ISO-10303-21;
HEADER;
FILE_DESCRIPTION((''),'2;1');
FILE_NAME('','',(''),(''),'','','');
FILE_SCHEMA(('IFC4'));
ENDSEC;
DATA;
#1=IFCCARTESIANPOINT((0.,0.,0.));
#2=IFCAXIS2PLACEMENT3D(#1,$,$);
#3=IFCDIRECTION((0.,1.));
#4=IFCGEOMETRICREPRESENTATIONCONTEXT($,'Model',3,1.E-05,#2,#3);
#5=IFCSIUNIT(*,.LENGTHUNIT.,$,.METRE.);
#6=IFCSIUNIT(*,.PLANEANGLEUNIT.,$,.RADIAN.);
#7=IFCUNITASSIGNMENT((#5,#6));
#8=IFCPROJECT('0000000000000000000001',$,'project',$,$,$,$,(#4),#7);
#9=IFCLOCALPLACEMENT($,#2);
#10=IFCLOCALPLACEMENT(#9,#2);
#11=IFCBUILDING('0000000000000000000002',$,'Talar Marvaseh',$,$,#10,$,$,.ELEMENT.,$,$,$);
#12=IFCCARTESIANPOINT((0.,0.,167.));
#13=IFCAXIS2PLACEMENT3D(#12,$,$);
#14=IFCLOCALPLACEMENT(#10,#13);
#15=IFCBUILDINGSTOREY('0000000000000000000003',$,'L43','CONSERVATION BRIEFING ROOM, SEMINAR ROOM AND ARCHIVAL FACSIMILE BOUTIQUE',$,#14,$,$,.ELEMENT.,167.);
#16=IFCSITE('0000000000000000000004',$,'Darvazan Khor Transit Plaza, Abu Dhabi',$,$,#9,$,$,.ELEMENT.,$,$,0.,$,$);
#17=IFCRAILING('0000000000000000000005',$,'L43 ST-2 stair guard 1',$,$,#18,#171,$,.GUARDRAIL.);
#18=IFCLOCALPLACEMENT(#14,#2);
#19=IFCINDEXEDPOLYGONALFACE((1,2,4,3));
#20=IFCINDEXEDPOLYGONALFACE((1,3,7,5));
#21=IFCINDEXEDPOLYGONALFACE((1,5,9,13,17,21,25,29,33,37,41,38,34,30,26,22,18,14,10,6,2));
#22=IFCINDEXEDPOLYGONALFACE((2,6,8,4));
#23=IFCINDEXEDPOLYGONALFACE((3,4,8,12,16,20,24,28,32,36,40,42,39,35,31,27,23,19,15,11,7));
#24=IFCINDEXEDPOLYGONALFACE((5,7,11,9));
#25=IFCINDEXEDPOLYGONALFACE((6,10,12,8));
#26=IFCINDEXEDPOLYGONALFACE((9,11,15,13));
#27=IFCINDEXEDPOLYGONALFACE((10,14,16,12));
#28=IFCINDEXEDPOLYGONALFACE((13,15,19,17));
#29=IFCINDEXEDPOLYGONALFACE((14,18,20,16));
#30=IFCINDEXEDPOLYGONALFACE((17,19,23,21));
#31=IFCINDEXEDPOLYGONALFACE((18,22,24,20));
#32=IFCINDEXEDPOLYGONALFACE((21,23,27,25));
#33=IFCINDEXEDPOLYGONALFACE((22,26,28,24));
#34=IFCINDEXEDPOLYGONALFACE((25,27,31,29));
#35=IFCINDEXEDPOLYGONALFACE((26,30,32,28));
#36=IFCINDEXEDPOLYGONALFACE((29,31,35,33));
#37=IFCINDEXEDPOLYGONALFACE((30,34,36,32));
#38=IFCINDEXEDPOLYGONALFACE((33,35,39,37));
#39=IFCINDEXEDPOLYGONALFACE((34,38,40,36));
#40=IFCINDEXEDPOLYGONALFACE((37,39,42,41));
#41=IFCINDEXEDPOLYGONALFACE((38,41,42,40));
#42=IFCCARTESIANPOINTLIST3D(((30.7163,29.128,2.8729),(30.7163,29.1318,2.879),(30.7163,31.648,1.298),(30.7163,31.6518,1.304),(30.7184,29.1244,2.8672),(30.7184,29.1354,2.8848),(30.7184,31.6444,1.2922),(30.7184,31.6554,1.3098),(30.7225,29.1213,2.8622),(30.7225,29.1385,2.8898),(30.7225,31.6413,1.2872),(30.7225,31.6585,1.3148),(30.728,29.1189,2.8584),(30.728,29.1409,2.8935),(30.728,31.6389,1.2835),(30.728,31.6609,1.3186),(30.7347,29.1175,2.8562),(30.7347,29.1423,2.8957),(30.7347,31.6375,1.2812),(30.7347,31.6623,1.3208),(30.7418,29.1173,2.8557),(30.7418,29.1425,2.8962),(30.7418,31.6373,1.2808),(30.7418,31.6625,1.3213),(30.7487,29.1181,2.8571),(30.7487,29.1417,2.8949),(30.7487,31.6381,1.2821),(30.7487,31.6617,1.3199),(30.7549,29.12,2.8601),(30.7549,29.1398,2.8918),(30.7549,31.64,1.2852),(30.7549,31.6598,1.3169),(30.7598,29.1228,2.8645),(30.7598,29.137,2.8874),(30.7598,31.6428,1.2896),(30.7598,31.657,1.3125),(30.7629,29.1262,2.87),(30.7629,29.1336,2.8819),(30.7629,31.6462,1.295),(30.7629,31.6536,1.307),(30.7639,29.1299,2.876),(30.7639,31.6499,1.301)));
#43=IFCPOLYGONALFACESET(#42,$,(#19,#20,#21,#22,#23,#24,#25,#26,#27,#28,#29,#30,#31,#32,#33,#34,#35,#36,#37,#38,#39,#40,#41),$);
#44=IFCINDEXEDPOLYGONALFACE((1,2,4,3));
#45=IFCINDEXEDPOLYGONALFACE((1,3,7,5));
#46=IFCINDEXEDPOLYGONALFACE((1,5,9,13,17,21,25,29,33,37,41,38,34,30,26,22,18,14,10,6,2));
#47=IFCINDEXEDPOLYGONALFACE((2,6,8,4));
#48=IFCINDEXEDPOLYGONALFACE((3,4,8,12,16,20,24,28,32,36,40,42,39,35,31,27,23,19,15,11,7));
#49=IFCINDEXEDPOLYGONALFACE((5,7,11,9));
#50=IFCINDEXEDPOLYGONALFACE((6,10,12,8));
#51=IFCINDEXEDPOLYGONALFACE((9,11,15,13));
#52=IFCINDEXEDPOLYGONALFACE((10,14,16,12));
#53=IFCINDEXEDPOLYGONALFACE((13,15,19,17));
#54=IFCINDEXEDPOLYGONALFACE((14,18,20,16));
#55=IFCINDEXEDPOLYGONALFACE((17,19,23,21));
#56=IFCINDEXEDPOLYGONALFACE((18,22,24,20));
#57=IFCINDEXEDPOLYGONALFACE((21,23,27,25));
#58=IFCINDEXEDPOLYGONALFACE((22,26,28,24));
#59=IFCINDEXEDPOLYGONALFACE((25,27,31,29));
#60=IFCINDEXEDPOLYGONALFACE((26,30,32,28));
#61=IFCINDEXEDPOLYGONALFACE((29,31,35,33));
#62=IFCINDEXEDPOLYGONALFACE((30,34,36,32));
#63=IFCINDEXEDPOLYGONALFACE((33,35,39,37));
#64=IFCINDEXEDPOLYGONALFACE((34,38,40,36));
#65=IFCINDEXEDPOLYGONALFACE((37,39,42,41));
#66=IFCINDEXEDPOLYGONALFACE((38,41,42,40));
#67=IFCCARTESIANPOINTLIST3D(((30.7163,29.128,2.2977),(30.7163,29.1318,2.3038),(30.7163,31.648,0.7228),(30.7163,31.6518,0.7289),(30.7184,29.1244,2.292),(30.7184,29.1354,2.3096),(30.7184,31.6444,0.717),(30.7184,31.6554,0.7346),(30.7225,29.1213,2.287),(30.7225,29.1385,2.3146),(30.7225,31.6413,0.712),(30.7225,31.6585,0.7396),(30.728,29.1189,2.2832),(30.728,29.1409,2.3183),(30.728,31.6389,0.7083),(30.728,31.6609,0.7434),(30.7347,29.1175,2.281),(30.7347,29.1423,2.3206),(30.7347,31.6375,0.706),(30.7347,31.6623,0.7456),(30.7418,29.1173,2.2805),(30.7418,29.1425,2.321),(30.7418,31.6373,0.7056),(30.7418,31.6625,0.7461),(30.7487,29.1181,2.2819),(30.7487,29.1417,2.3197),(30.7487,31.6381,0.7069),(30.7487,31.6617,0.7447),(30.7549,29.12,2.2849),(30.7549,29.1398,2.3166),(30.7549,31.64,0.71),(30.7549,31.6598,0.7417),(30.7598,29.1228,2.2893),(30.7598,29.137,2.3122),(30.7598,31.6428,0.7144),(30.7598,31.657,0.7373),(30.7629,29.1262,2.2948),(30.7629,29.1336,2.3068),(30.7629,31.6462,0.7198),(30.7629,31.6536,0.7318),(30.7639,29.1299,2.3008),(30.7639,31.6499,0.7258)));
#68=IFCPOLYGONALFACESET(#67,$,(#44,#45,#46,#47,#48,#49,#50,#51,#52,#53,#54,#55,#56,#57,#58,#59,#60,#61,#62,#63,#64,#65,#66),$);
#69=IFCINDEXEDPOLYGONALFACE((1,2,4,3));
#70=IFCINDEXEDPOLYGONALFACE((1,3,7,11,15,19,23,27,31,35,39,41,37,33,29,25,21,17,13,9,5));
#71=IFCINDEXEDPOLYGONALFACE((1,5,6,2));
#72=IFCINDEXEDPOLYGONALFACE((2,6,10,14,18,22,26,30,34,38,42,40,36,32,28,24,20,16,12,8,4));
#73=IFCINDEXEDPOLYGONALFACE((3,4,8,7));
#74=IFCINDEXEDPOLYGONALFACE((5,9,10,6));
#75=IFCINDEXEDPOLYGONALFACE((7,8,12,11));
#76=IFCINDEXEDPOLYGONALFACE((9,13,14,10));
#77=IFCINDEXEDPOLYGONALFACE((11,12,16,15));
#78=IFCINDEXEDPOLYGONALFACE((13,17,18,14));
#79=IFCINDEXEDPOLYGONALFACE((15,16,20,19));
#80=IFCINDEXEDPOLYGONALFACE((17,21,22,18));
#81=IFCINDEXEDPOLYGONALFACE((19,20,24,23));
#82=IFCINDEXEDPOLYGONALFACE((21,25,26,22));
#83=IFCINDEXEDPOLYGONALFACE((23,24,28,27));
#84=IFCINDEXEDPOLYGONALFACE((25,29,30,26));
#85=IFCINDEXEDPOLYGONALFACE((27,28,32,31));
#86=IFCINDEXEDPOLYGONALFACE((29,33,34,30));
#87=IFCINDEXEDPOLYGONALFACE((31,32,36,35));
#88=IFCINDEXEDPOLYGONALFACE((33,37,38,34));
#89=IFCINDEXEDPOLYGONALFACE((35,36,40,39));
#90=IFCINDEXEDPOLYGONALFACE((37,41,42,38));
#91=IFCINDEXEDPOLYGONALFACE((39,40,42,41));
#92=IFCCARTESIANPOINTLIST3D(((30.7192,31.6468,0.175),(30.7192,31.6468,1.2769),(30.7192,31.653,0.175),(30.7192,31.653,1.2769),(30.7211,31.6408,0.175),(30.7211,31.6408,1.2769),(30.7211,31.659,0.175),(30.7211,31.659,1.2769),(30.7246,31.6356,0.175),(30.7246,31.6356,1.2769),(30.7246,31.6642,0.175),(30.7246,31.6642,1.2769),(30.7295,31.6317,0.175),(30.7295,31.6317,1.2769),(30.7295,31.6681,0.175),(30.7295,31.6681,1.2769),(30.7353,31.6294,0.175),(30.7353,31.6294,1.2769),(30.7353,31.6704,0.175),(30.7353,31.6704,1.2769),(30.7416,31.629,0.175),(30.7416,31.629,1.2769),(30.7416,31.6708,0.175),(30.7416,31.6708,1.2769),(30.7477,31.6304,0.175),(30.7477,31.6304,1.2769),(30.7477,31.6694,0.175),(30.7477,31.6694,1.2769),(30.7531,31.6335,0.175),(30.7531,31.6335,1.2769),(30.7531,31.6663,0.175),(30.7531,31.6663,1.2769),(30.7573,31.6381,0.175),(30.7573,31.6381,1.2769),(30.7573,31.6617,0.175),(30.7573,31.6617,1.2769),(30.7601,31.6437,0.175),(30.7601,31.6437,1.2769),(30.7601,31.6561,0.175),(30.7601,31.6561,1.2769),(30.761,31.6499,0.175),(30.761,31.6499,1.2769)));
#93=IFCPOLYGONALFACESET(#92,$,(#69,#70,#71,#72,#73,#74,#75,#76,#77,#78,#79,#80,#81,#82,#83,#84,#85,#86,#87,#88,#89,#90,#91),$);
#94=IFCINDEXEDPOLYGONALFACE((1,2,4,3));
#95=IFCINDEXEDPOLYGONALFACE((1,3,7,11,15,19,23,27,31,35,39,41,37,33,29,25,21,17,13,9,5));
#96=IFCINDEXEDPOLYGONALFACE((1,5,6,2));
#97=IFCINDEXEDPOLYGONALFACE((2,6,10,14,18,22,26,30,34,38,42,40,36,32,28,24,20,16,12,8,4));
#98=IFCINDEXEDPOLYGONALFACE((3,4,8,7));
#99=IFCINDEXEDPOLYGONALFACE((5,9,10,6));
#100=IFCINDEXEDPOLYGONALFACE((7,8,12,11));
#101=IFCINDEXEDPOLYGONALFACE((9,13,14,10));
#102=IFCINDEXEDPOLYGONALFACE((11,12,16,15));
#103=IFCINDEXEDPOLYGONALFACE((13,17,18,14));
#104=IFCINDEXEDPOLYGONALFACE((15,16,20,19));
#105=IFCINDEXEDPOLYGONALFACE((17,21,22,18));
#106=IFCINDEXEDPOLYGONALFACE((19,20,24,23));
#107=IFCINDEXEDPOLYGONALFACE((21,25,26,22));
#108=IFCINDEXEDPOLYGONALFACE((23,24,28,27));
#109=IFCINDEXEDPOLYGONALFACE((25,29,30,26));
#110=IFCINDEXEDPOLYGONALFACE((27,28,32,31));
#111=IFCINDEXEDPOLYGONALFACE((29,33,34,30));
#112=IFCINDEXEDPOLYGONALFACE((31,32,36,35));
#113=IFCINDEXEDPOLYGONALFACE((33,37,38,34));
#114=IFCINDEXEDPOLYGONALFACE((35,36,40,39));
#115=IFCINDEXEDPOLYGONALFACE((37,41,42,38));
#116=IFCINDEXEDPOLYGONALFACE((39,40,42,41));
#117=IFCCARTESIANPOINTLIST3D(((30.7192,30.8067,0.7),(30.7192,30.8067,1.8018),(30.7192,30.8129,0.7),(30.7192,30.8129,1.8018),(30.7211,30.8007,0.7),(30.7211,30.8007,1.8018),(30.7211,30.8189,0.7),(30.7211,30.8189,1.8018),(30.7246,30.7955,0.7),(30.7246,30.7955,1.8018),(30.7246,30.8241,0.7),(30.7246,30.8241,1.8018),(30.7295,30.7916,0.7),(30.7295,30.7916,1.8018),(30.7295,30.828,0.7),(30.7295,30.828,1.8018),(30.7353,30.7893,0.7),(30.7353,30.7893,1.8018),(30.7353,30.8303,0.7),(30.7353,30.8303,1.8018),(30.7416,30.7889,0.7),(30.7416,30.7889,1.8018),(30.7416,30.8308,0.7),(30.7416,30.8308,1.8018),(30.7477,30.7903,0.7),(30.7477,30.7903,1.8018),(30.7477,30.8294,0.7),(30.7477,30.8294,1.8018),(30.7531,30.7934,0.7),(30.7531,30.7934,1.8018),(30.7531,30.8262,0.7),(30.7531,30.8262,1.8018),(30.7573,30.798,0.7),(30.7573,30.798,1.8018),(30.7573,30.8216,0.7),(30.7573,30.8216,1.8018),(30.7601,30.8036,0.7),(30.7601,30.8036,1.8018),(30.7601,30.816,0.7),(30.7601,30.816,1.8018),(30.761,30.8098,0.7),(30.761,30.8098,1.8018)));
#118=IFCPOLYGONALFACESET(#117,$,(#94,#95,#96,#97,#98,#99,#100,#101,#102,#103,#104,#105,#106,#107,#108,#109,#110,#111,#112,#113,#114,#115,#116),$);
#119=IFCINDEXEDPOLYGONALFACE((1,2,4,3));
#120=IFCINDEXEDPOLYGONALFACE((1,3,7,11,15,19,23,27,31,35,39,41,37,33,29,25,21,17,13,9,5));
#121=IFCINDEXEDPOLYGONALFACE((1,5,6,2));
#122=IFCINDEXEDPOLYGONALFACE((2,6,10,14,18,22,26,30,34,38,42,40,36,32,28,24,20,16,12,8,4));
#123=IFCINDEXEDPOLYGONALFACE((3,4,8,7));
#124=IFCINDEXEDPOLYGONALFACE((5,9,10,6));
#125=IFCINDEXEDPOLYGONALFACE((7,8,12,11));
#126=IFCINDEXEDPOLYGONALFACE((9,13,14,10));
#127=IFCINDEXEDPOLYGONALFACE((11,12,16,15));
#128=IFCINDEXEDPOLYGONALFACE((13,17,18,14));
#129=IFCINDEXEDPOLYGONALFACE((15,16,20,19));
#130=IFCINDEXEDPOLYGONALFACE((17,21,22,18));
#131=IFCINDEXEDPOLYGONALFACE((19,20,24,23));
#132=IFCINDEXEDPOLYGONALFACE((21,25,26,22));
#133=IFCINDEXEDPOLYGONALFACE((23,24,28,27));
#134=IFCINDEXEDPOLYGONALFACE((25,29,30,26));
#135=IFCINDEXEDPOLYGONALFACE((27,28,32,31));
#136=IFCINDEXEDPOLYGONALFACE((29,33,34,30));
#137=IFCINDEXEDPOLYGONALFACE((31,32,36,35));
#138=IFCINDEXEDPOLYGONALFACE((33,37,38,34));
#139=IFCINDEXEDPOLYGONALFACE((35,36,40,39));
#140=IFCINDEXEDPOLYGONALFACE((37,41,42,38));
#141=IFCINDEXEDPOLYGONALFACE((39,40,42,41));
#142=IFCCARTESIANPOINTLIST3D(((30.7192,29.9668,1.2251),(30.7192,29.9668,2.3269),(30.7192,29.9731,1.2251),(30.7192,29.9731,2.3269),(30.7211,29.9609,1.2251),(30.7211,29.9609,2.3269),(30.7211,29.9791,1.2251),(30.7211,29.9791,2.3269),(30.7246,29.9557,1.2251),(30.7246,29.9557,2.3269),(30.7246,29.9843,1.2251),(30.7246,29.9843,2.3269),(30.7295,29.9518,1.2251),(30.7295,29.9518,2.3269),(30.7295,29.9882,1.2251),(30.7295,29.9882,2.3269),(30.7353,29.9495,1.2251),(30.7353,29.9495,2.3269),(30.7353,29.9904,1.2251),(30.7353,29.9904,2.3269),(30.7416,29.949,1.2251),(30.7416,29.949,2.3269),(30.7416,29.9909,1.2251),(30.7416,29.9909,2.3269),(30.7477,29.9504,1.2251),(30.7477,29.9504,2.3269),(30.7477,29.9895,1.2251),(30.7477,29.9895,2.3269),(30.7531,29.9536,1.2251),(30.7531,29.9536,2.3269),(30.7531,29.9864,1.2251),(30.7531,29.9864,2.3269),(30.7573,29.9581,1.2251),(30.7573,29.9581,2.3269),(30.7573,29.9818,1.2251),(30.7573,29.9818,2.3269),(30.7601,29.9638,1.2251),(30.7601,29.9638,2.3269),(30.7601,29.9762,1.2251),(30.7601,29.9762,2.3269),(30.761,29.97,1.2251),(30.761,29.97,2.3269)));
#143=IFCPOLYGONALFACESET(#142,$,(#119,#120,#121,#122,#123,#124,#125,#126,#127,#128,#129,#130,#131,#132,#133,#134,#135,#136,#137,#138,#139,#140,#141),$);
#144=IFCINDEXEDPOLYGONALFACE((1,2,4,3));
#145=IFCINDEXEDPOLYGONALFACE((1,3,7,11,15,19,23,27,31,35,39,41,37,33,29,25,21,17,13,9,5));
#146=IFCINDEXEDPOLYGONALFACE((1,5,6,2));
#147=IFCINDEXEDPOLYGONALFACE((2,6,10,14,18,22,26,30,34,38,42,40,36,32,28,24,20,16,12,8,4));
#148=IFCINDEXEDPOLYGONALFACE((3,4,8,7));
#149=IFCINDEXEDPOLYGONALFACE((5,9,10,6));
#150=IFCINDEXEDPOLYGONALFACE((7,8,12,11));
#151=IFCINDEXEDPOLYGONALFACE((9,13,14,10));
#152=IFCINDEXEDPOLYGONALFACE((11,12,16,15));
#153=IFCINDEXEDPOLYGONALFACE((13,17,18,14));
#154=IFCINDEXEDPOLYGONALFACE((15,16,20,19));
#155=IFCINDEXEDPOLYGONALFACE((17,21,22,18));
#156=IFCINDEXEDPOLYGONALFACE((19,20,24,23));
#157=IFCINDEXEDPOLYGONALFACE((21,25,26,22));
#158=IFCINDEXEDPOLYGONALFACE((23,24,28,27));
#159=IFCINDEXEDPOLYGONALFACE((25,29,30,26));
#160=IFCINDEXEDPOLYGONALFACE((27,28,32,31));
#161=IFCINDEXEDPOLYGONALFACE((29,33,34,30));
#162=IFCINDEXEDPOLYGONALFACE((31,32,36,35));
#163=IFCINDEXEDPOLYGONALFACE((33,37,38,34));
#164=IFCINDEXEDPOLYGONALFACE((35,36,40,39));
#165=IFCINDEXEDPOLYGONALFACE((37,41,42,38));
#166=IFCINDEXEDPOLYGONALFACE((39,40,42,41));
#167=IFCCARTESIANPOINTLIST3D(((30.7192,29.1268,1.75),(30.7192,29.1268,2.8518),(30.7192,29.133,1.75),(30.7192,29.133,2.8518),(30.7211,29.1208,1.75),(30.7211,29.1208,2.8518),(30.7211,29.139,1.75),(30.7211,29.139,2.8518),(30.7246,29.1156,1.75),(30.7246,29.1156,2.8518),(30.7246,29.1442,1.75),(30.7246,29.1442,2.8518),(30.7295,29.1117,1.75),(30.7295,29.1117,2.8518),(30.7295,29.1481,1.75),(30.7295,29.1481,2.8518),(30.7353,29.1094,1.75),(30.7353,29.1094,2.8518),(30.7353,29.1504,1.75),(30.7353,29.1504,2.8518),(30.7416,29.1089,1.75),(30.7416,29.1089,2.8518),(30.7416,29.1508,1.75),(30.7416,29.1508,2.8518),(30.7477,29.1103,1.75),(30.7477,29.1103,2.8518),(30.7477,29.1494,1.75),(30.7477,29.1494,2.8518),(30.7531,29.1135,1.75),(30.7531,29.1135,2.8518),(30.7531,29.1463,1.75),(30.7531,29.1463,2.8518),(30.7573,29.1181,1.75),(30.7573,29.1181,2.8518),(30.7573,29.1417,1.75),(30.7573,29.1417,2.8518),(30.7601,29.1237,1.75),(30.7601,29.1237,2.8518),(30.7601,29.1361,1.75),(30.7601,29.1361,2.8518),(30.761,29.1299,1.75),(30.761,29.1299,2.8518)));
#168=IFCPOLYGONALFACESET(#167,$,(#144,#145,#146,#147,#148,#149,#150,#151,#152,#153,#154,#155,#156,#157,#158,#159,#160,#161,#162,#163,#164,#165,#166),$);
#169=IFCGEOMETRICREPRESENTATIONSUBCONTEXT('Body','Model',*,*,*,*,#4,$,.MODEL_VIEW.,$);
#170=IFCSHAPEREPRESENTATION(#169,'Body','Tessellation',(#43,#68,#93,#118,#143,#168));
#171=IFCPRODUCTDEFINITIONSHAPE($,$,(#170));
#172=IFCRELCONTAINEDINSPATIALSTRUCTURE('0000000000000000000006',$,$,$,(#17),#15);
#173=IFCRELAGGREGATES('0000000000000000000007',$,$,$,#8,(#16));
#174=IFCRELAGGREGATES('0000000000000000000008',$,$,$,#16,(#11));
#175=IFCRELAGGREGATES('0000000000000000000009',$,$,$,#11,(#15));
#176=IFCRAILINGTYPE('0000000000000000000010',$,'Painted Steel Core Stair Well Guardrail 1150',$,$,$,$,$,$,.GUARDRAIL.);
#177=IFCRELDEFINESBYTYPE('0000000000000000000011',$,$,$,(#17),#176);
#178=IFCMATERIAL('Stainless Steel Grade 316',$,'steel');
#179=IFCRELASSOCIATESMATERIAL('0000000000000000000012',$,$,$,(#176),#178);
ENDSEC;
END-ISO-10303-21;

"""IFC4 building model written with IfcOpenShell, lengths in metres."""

from ifc_helpers import new_model, si_unit, direction, frame, origin, origin_2d, place, context, subcontext, project, spatial, circle, extrude, material, type_object, element, save


model = new_model("IFC4")

# Units and contexts
model_context = context("Model", 3, precision=1e-05, world=origin(), true_north=direction((0.0, 1.0)))
body_context = subcontext(model_context, "Body", "Model", "MODEL_VIEW")
ifc_project = project(units=[si_unit("LENGTHUNIT", "METRE"), si_unit("PLANEANGLEUNIT", "RADIAN")], contexts=[model_context])

# Site, building, storey
site_placement = place(None, origin())
site = spatial("IfcSite", under=ifc_project, at=site_placement, Name="Darvazan Khor Transit Plaza, Abu Dhabi", CompositionType="ELEMENT", RefElevation=0.0)
building_placement = place(site_placement, origin())
building = spatial("IfcBuilding", under=site, at=building_placement, Name="Talar Marvaseh", CompositionType="ELEMENT")
storey_placement = place(building_placement, frame((0.0, 0.0, 167.0)))
storey = spatial("IfcBuildingStorey", under=building, at=storey_placement, Name="L43", Description="CONSERVATION BRIEFING ROOM, SEMINAR ROOM AND ARCHIVAL FACSIMILE BOUTIQUE", CompositionType="ELEMENT", Elevation=167.0)

# Shared definitions
ifc_material_1 = material(Name="Stainless Steel Grade 316", Category="steel")

# Railing
railing_type_1 = type_object("IfcRailingType", Name="Painted Steel Core Stair Well Guardrail 1150", PredefinedType="GUARDRAIL", material=ifc_material_1)
railing_1_placement = place(storey_placement, frame((30.74, 31.6499, 0.175)))
element("IfcRailing", 1, at=railing_1_placement, inside=storey, type_object=railing_type_1, Name="L43 ST-2 stair guard 1", PredefinedType="GUARDRAIL", context=body_context, shape_type="SweptSolid", body=[
    extrude(circle(Radius=0.0239, at=origin_2d()), frame((0.0, 0.0, 1.126), z_axis=(0.0, -0.848008, 0.529984), x_axis=(1.0, 0.0, 0.0)), (0.0, 0.0, 1.0), 2.9717),
    extrude(circle(Radius=0.0239, at=origin_2d()), frame((0.0, 0.0, 0.5508), z_axis=(0.0, -0.848008, 0.529984), x_axis=(1.0, 0.0, 0.0)), (0.0, 0.0, 1.0), 2.9717),
    extrude(circle(Radius=0.021, at=origin_2d()), origin(), (0.0, 0.0, 1.0), 1.1018),
    extrude(circle(Radius=0.021, at=origin_2d()), frame((0.0, -0.8401, 0.5249)), (0.0, 0.0, 1.0), 1.1018),
    extrude(circle(Radius=0.021, at=origin_2d()), frame((0.0, -1.6799, 1.05)), (0.0, 0.0, 1.0), 1.1018),
    extrude(circle(Radius=0.021, at=origin_2d()), frame((0.0, -2.52, 1.575)), (0.0, 0.0, 1.0), 1.1018),
])

save(model, "model.ifc")
